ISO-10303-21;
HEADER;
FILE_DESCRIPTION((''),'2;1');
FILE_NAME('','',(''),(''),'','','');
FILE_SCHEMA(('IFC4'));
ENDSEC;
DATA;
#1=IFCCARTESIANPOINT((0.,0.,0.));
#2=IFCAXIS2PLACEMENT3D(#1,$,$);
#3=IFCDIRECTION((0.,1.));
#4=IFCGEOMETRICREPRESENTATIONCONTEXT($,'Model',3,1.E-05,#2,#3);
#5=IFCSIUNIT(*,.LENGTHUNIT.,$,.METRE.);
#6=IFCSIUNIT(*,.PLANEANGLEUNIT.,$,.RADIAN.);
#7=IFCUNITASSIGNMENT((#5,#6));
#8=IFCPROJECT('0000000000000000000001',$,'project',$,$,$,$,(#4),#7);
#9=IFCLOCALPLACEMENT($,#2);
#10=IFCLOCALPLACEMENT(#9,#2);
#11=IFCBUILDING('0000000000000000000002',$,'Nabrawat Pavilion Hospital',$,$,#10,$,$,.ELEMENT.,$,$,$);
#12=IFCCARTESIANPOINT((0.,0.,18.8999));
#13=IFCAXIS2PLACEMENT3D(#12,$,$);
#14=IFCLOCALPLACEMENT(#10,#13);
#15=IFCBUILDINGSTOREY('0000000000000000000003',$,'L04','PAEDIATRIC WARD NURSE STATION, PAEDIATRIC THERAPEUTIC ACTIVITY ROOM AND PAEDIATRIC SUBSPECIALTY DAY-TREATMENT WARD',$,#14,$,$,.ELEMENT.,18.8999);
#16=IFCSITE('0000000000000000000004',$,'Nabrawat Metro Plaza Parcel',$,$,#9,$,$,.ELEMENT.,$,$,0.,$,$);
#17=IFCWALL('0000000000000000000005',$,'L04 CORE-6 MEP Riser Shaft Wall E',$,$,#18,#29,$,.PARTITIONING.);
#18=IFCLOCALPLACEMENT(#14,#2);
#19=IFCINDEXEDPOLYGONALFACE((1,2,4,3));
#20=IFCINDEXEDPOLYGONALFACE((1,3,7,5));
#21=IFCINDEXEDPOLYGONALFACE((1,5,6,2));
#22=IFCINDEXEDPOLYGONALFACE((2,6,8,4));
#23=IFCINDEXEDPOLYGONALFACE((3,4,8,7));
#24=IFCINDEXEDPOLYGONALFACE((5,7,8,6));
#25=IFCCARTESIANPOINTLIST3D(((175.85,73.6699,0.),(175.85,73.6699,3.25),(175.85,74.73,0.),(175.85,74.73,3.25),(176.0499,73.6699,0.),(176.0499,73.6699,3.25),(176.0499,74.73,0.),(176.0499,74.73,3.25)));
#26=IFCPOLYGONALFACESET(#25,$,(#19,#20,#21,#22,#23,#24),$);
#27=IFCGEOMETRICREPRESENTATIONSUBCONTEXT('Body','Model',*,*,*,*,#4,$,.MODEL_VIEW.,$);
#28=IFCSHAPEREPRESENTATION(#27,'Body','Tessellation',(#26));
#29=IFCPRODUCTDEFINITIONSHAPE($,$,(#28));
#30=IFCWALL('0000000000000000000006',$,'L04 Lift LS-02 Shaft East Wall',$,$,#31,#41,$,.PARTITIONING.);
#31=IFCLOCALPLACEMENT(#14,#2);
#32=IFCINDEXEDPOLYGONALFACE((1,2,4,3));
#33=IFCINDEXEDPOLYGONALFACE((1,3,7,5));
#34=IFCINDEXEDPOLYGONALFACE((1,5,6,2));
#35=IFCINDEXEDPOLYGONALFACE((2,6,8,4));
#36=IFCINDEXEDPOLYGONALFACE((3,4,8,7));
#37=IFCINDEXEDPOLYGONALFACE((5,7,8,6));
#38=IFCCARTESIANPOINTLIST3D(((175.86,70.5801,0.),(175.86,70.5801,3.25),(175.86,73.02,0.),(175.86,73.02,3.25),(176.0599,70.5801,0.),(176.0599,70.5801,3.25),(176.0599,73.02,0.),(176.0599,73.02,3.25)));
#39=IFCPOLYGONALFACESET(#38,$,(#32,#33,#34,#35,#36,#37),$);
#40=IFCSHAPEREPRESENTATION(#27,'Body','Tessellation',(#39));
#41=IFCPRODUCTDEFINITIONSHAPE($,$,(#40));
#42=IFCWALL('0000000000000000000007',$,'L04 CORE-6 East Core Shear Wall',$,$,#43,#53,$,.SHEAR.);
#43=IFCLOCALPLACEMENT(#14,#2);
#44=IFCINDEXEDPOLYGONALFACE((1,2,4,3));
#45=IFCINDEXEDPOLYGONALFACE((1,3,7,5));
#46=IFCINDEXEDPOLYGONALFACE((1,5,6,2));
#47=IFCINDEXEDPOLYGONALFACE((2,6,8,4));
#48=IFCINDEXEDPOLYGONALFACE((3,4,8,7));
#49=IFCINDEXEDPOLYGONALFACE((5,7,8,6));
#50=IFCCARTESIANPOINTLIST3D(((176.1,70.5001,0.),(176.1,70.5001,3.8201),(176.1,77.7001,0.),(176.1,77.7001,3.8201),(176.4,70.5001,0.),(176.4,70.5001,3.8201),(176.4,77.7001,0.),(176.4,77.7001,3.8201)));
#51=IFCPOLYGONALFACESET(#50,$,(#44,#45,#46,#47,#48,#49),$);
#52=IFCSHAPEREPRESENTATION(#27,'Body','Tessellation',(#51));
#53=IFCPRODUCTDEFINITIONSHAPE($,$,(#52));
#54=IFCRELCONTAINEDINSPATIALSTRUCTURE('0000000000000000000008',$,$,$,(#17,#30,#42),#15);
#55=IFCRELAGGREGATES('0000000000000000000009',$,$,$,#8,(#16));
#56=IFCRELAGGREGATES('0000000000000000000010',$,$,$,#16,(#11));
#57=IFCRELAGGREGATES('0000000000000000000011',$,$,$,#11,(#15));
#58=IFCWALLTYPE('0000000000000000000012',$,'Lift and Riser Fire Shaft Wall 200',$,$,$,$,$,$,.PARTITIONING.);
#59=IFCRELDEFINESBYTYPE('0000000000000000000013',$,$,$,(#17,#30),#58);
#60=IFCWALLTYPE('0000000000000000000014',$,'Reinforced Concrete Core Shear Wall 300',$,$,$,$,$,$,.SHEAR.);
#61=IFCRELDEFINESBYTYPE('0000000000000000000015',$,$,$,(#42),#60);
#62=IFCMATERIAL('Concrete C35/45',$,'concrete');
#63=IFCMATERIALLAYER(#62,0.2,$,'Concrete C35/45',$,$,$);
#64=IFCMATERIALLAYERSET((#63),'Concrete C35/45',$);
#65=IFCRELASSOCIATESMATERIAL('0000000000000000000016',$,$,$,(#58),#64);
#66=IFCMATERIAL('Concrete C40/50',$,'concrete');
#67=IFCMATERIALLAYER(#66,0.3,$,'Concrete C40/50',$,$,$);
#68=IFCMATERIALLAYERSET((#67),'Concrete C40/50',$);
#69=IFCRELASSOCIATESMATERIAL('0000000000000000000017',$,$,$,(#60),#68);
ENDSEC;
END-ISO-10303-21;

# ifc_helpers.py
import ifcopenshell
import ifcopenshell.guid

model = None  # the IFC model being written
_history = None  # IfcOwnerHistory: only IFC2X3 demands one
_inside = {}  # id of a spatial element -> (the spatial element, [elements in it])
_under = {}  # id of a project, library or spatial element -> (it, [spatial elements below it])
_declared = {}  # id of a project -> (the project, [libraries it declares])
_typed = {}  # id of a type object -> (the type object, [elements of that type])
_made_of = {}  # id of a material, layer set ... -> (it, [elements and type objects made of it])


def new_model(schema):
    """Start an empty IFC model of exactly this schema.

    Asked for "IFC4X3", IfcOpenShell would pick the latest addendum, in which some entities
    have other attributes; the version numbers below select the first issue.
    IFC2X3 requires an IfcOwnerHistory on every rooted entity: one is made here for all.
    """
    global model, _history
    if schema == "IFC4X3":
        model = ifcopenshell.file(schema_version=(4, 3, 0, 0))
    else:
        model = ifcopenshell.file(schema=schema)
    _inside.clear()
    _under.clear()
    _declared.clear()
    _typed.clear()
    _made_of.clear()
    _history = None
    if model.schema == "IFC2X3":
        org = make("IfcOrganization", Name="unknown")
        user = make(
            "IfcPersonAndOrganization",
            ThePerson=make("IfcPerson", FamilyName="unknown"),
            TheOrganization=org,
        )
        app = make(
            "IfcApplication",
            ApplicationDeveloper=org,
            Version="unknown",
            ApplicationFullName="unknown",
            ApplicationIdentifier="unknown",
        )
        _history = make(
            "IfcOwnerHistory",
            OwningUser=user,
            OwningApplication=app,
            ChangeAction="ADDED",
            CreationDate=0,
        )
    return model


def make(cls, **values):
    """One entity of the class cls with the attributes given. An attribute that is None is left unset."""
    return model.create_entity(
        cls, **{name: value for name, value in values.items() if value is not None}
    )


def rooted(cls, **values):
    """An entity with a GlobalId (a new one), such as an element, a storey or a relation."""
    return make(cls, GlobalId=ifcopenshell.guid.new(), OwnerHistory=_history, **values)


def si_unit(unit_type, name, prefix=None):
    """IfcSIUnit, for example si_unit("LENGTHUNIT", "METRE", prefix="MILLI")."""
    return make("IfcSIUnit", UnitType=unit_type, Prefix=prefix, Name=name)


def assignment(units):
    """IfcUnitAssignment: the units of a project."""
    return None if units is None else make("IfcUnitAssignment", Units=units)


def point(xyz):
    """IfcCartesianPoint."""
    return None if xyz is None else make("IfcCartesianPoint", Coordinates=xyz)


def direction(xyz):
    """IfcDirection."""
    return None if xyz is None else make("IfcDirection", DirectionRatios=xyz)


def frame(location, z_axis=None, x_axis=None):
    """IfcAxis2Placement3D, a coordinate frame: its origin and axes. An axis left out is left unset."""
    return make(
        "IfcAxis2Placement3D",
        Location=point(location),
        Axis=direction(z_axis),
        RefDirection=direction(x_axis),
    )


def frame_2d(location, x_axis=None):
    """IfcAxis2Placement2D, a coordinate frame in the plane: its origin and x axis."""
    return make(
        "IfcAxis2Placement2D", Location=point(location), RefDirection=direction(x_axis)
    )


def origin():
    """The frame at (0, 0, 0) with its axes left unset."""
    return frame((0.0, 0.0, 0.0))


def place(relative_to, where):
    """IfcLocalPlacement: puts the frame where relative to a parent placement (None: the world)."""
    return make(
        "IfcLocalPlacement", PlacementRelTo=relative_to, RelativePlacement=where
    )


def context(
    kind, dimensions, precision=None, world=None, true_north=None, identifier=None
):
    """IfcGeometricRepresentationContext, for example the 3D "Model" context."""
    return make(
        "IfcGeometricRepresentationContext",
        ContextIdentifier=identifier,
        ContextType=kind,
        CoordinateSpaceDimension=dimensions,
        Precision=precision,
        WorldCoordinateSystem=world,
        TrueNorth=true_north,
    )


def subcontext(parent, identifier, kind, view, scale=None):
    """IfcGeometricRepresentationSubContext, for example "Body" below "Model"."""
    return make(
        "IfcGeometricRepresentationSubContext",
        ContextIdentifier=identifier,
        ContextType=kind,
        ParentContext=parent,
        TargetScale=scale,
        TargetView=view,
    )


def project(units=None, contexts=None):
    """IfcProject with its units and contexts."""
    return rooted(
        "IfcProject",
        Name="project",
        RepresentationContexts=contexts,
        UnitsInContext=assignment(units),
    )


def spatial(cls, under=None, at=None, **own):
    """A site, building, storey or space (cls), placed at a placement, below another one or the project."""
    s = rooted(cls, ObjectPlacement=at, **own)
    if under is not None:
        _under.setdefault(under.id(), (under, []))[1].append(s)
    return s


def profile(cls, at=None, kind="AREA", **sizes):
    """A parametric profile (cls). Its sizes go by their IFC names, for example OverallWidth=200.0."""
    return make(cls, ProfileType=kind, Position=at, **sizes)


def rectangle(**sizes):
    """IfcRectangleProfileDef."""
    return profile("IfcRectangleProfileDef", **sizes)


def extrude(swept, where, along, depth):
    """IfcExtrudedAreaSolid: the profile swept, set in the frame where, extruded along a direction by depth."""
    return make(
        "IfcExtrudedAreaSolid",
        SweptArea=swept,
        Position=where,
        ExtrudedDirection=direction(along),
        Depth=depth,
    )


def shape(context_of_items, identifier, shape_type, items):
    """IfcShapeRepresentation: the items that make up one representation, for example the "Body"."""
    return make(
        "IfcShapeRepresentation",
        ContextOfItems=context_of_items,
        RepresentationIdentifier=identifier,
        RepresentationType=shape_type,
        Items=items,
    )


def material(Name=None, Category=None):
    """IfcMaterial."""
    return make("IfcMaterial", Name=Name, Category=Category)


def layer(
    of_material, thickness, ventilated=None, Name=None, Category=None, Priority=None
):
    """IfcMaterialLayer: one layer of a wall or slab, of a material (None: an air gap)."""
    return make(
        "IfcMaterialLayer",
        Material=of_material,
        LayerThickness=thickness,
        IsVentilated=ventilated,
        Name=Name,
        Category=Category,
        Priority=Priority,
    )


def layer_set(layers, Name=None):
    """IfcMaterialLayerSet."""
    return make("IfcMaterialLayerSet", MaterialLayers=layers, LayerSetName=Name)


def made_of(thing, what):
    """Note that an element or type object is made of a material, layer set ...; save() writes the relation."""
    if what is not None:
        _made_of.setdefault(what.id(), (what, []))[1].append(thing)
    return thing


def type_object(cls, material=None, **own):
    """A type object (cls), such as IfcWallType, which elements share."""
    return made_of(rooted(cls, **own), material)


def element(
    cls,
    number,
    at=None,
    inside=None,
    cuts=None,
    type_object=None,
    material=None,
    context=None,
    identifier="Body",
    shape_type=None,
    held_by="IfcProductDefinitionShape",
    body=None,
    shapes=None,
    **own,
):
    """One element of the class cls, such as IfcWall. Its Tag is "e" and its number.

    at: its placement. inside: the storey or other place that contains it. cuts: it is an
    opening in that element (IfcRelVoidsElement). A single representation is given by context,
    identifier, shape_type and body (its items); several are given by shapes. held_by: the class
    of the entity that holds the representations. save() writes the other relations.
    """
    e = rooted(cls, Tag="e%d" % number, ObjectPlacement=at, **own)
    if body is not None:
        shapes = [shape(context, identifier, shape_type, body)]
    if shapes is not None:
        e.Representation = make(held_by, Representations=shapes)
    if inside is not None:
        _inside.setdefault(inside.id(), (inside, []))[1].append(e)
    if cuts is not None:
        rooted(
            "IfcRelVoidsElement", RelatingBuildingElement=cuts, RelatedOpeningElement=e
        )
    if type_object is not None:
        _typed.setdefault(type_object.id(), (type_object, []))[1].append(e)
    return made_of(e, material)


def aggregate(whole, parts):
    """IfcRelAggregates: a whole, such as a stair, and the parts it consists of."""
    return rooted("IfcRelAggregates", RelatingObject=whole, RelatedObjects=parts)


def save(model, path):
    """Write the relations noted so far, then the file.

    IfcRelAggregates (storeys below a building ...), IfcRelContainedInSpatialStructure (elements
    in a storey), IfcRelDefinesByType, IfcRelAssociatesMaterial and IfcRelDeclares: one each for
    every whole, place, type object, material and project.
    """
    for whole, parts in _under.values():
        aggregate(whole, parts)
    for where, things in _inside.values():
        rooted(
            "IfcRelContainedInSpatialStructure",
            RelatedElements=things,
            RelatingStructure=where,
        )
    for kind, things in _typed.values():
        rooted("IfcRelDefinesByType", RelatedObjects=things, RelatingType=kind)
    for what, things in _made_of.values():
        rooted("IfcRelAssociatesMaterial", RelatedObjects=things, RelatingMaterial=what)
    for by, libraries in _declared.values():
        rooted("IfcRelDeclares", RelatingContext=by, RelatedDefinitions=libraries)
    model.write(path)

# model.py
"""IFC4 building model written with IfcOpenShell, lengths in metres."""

from ifc_helpers import new_model, si_unit, direction, frame, frame_2d, origin, place, context, subcontext, project, spatial, rectangle, extrude, material, layer, layer_set, type_object, element, save


model = new_model("IFC4")

# Units and contexts
model_context = context("Model", 3, precision=1e-05, world=origin(), true_north=direction((0.0, 1.0)))
body_context = subcontext(model_context, "Body", "Model", "MODEL_VIEW")
ifc_project = project(units=[si_unit("LENGTHUNIT", "METRE"), si_unit("PLANEANGLEUNIT", "RADIAN")], contexts=[model_context])

# Site, building, storey
site_placement = place(None, origin())
site = spatial("IfcSite", under=ifc_project, at=site_placement, Name="Nabrawat Metro Plaza Parcel", CompositionType="ELEMENT", RefElevation=0.0)
building_placement = place(site_placement, origin())
building = spatial("IfcBuilding", under=site, at=building_placement, Name="Nabrawat Pavilion Hospital", CompositionType="ELEMENT")
storey_placement = place(building_placement, frame((0.0, 0.0, 18.8999)))
storey = spatial("IfcBuildingStorey", under=building, at=storey_placement, Name="L04", Description="PAEDIATRIC WARD NURSE STATION, PAEDIATRIC THERAPEUTIC ACTIVITY ROOM AND PAEDIATRIC SUBSPECIALTY DAY-TREATMENT WARD", CompositionType="ELEMENT", Elevation=18.8999)

# Walls
ifc_material_1 = material(Name="Concrete C35/45", Category="concrete")
ifc_layer_1 = layer(ifc_material_1, 0.2, Name="Concrete C35/45")
ifc_layer_set_1 = layer_set([ifc_layer_1], Name="Concrete C35/45")
wall_type_1 = type_object("IfcWallType", Name="Lift and Riser Fire Shaft Wall 200", PredefinedType="PARTITIONING", material=ifc_layer_set_1)
wall_1_placement = place(storey_placement, frame((175.95, 73.6699, 0.0), z_axis=(0.0, 0.0, 1.0), x_axis=(0.0, 1.0, 0.0)))
element("IfcWall", 1, at=wall_1_placement, inside=storey, type_object=wall_type_1, Name="L04 CORE-6 MEP Riser Shaft Wall E", PredefinedType="PARTITIONING", context=body_context, shape_type="SweptSolid", body=[
    extrude(rectangle(XDim=1.0601, YDim=0.2, at=frame_2d((0.53, 0.0))), origin(), (0.0, 0.0, 1.0), 3.25),
])
wall_2_placement = place(storey_placement, frame((175.96, 70.5801, 0.0), z_axis=(0.0, 0.0, 1.0), x_axis=(0.0, 1.0, 0.0)))
element("IfcWall", 2, at=wall_2_placement, inside=storey, type_object=wall_type_1, Name="L04 Lift LS-02 Shaft East Wall", PredefinedType="PARTITIONING", context=body_context, shape_type="SweptSolid", body=[
    extrude(rectangle(XDim=2.4399, YDim=0.2, at=frame_2d((1.22, 0.0))), origin(), (0.0, 0.0, 1.0), 3.25),
])
ifc_material_2 = material(Name="Concrete C40/50", Category="concrete")
ifc_layer_2 = layer(ifc_material_2, 0.3, Name="Concrete C40/50")
ifc_layer_set_2 = layer_set([ifc_layer_2], Name="Concrete C40/50")
wall_type_2 = type_object("IfcWallType", Name="Reinforced Concrete Core Shear Wall 300", PredefinedType="SHEAR", material=ifc_layer_set_2)
wall_3_placement = place(storey_placement, frame((176.25, 70.5, 0.0), z_axis=(0.0, 0.0, 1.0), x_axis=(0.0, 1.0, 0.0)))
element("IfcWall", 3, at=wall_3_placement, inside=storey, type_object=wall_type_2, Name="L04 CORE-6 East Core Shear Wall", PredefinedType="SHEAR", context=body_context, shape_type="SweptSolid", body=[
    extrude(rectangle(XDim=7.2, YDim=0.3, at=frame_2d((3.6001, 0.0))), origin(), (0.0, 0.0, 1.0), 3.8201),
])

save(model, "model.ifc")
